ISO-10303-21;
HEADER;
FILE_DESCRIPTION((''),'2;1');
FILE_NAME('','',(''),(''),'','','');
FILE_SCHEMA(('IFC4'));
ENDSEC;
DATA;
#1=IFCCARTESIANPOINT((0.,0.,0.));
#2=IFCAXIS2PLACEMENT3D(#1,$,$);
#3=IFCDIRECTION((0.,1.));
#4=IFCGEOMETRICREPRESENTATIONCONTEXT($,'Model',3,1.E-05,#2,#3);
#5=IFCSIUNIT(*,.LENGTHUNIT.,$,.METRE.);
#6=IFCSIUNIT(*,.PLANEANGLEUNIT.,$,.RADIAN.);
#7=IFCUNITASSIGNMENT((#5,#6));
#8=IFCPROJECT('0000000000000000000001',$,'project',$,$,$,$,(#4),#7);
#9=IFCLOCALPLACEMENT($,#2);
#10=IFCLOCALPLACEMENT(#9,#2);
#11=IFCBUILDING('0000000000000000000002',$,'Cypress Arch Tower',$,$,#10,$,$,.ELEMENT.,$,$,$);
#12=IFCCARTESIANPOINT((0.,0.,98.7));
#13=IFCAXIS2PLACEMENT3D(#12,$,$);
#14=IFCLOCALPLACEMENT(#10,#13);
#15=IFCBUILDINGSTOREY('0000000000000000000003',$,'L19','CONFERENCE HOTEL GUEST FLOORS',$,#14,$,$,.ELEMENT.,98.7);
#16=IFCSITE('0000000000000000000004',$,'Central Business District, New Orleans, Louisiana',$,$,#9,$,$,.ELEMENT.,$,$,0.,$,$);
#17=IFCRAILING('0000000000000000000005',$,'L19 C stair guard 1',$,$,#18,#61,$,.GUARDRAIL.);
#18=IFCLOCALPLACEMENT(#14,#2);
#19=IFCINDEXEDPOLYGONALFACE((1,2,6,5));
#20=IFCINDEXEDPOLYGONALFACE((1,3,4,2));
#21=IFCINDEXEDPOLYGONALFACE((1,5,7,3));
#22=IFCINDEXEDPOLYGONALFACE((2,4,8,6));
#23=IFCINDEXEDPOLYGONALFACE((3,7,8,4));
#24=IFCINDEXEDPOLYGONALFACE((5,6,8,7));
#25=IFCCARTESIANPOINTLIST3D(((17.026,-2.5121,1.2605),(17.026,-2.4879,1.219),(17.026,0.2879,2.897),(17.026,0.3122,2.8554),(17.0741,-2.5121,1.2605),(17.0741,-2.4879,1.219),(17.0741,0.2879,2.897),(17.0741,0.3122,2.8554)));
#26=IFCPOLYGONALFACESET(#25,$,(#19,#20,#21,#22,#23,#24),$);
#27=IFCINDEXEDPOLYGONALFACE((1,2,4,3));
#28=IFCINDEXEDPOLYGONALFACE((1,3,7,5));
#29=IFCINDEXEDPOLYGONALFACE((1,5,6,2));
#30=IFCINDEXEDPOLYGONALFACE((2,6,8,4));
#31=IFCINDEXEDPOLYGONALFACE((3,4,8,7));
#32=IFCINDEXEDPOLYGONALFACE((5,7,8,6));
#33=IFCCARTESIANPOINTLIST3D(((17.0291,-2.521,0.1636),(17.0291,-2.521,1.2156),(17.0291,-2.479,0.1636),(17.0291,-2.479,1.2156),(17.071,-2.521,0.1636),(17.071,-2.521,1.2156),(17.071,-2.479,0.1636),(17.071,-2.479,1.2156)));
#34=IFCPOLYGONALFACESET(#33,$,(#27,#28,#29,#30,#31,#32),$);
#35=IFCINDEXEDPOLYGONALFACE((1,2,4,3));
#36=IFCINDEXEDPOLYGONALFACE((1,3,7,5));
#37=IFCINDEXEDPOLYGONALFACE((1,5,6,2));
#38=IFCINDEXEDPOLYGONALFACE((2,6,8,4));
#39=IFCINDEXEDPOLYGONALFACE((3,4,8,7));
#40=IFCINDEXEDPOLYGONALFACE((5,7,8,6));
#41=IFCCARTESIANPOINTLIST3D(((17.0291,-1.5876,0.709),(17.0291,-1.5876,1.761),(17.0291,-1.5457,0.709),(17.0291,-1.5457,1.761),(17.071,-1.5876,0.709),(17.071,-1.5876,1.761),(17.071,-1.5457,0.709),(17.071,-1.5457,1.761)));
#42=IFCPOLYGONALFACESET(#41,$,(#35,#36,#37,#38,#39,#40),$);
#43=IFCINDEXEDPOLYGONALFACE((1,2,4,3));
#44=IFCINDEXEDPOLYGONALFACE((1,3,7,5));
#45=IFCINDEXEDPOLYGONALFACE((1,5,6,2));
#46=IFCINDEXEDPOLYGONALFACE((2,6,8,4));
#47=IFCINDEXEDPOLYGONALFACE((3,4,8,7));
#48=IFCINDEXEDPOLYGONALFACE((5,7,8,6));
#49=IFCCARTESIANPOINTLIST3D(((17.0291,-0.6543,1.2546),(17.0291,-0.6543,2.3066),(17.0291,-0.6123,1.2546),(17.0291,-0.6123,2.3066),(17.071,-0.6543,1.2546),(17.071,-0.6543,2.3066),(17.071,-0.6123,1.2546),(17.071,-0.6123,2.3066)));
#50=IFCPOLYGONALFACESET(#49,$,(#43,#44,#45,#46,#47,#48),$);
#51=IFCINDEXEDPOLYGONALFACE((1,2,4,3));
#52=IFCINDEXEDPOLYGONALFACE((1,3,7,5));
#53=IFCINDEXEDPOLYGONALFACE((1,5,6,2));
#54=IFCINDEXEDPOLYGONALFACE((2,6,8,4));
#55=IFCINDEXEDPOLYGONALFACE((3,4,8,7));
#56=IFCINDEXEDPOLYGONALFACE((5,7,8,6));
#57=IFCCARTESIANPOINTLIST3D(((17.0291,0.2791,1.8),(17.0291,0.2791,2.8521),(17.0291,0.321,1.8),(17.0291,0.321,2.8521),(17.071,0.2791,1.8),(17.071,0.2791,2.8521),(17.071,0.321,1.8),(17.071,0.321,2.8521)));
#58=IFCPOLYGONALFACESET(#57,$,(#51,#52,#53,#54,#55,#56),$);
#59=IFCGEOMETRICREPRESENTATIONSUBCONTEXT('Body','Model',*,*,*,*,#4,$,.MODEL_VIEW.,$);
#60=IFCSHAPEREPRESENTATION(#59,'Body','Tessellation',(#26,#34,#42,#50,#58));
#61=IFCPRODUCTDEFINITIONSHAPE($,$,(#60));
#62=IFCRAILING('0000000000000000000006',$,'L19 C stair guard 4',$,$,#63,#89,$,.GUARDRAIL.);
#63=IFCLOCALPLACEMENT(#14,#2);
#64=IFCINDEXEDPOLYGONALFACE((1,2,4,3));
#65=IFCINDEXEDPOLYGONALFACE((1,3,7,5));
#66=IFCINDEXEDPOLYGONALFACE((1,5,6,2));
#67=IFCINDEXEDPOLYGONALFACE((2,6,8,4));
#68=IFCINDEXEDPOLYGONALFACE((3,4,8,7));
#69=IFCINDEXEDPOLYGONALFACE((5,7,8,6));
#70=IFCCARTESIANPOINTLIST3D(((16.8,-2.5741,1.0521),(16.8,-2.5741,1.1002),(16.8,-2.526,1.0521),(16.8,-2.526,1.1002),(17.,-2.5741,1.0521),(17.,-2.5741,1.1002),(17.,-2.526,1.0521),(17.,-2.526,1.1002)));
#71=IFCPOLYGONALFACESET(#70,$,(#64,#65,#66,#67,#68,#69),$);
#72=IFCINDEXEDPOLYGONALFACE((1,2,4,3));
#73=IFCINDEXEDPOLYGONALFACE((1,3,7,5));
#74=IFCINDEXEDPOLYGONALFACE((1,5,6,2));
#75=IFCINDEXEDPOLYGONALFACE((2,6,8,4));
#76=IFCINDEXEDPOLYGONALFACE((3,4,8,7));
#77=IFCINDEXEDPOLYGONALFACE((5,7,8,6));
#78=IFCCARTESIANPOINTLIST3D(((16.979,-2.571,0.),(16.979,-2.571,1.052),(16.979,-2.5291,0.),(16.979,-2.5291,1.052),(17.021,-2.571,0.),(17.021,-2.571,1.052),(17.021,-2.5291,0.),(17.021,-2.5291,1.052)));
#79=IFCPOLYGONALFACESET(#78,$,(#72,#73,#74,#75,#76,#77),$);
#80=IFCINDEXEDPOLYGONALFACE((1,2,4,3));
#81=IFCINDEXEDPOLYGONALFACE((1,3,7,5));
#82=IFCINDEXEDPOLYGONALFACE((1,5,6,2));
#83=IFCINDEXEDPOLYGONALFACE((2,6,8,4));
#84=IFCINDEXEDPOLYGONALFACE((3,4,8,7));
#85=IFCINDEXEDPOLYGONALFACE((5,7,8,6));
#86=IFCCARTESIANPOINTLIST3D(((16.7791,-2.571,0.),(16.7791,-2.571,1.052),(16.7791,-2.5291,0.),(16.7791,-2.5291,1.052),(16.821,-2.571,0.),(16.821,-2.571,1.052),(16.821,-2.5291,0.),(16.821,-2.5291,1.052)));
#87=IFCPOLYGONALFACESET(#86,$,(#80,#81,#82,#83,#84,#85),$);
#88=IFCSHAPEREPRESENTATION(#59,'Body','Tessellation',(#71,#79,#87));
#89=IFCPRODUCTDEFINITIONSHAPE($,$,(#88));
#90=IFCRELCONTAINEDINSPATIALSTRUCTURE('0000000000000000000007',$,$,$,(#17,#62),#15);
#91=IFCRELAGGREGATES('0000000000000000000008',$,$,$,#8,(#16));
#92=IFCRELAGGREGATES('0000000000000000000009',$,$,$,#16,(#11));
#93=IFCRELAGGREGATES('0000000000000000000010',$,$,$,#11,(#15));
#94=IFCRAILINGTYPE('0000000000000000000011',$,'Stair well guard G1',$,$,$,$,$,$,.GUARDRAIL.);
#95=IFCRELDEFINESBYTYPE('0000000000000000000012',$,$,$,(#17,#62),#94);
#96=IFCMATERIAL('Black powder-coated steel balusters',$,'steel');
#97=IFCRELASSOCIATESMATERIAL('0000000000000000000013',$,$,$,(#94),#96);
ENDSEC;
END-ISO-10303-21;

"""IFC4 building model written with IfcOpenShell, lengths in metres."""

from ifc_helpers import new_model, si_unit, direction, frame, origin, origin_2d, place, context, subcontext, project, spatial, rectangle, extrude, material, type_object, element, save


model = new_model("IFC4")

# Units and contexts
model_context = context("Model", 3, precision=1e-05, world=origin(), true_north=direction((0.0, 1.0)))
body_context = subcontext(model_context, "Body", "Model", "MODEL_VIEW")
ifc_project = project(units=[si_unit("LENGTHUNIT", "METRE"), si_unit("PLANEANGLEUNIT", "RADIAN")], contexts=[model_context])

# Site, building, storey
site_placement = place(None, origin())
site = spatial("IfcSite", under=ifc_project, at=site_placement, Name="Central Business District, New Orleans, Louisiana", CompositionType="ELEMENT", RefElevation=0.0)
building_placement = place(site_placement, origin())
building = spatial("IfcBuilding", under=site, at=building_placement, Name="Cypress Arch Tower", CompositionType="ELEMENT")
storey_placement = place(building_placement, frame((0.0, 0.0, 98.7)))
storey = spatial("IfcBuildingStorey", under=building, at=storey_placement, Name="L19", Description="CONFERENCE HOTEL GUEST FLOORS", CompositionType="ELEMENT", Elevation=98.7)

# Railings
ifc_material_1 = material(Name="Black powder-coated steel balusters", Category="steel")
railing_type_1 = type_object("IfcRailingType", Name="Stair well guard G1", PredefinedType="GUARDRAIL", material=ifc_material_1)
railing_1_placement = place(storey_placement, frame((17.05, -2.5, 0.1636)))
element("IfcRailing", 1, at=railing_1_placement, inside=storey, type_object=railing_type_1, Name="L19 C stair guard 1", PredefinedType="GUARDRAIL", context=body_context, shape_type="SweptSolid", body=[
    extrude(rectangle(XDim=0.0481, YDim=0.0481, at=origin_2d()), frame((0.0, 0.0, 1.0762), z_axis=(0.0, 0.863361, 0.504587), x_axis=(-1.0, 0.0, 0.0)), (0.0, 0.0, 1.0), 3.2432),
    extrude(rectangle(XDim=0.042, YDim=0.042, at=origin_2d()), origin(), (0.0, 0.0, 1.0), 1.052),
    extrude(rectangle(XDim=0.042, YDim=0.042, at=origin_2d()), frame((0.0, 0.9333, 0.5454)), (0.0, 0.0, 1.0), 1.052),
    extrude(rectangle(XDim=0.042, YDim=0.042, at=origin_2d()), frame((0.0, 1.8667, 1.0911)), (0.0, 0.0, 1.0), 1.052),
    extrude(rectangle(XDim=0.042, YDim=0.042, at=origin_2d()), frame((0.0, 2.8, 1.6365)), (0.0, 0.0, 1.0), 1.052),
])
railing_2_placement = place(storey_placement, frame((17.0, -2.55, 0.0)))
element("IfcRailing", 2, at=railing_2_placement, inside=storey, type_object=railing_type_1, Name="L19 C stair guard 4", PredefinedType="GUARDRAIL", context=body_context, shape_type="SweptSolid", body=[
    extrude(rectangle(XDim=0.0481, YDim=0.0481, at=origin_2d()), frame((0.0, 0.0, 1.0762), z_axis=(-1.0, 0.0, 0.0), x_axis=(0.0, -1.0, 0.0)), (0.0, 0.0, 1.0), 0.2),
    extrude(rectangle(XDim=0.042, YDim=0.042, at=origin_2d()), origin(), (0.0, 0.0, 1.0), 1.052),
    extrude(rectangle(XDim=0.042, YDim=0.042, at=origin_2d()), frame((-0.2, 0.0, 0.0)), (0.0, 0.0, 1.0), 1.052),
])

save(model, "model.ifc")
